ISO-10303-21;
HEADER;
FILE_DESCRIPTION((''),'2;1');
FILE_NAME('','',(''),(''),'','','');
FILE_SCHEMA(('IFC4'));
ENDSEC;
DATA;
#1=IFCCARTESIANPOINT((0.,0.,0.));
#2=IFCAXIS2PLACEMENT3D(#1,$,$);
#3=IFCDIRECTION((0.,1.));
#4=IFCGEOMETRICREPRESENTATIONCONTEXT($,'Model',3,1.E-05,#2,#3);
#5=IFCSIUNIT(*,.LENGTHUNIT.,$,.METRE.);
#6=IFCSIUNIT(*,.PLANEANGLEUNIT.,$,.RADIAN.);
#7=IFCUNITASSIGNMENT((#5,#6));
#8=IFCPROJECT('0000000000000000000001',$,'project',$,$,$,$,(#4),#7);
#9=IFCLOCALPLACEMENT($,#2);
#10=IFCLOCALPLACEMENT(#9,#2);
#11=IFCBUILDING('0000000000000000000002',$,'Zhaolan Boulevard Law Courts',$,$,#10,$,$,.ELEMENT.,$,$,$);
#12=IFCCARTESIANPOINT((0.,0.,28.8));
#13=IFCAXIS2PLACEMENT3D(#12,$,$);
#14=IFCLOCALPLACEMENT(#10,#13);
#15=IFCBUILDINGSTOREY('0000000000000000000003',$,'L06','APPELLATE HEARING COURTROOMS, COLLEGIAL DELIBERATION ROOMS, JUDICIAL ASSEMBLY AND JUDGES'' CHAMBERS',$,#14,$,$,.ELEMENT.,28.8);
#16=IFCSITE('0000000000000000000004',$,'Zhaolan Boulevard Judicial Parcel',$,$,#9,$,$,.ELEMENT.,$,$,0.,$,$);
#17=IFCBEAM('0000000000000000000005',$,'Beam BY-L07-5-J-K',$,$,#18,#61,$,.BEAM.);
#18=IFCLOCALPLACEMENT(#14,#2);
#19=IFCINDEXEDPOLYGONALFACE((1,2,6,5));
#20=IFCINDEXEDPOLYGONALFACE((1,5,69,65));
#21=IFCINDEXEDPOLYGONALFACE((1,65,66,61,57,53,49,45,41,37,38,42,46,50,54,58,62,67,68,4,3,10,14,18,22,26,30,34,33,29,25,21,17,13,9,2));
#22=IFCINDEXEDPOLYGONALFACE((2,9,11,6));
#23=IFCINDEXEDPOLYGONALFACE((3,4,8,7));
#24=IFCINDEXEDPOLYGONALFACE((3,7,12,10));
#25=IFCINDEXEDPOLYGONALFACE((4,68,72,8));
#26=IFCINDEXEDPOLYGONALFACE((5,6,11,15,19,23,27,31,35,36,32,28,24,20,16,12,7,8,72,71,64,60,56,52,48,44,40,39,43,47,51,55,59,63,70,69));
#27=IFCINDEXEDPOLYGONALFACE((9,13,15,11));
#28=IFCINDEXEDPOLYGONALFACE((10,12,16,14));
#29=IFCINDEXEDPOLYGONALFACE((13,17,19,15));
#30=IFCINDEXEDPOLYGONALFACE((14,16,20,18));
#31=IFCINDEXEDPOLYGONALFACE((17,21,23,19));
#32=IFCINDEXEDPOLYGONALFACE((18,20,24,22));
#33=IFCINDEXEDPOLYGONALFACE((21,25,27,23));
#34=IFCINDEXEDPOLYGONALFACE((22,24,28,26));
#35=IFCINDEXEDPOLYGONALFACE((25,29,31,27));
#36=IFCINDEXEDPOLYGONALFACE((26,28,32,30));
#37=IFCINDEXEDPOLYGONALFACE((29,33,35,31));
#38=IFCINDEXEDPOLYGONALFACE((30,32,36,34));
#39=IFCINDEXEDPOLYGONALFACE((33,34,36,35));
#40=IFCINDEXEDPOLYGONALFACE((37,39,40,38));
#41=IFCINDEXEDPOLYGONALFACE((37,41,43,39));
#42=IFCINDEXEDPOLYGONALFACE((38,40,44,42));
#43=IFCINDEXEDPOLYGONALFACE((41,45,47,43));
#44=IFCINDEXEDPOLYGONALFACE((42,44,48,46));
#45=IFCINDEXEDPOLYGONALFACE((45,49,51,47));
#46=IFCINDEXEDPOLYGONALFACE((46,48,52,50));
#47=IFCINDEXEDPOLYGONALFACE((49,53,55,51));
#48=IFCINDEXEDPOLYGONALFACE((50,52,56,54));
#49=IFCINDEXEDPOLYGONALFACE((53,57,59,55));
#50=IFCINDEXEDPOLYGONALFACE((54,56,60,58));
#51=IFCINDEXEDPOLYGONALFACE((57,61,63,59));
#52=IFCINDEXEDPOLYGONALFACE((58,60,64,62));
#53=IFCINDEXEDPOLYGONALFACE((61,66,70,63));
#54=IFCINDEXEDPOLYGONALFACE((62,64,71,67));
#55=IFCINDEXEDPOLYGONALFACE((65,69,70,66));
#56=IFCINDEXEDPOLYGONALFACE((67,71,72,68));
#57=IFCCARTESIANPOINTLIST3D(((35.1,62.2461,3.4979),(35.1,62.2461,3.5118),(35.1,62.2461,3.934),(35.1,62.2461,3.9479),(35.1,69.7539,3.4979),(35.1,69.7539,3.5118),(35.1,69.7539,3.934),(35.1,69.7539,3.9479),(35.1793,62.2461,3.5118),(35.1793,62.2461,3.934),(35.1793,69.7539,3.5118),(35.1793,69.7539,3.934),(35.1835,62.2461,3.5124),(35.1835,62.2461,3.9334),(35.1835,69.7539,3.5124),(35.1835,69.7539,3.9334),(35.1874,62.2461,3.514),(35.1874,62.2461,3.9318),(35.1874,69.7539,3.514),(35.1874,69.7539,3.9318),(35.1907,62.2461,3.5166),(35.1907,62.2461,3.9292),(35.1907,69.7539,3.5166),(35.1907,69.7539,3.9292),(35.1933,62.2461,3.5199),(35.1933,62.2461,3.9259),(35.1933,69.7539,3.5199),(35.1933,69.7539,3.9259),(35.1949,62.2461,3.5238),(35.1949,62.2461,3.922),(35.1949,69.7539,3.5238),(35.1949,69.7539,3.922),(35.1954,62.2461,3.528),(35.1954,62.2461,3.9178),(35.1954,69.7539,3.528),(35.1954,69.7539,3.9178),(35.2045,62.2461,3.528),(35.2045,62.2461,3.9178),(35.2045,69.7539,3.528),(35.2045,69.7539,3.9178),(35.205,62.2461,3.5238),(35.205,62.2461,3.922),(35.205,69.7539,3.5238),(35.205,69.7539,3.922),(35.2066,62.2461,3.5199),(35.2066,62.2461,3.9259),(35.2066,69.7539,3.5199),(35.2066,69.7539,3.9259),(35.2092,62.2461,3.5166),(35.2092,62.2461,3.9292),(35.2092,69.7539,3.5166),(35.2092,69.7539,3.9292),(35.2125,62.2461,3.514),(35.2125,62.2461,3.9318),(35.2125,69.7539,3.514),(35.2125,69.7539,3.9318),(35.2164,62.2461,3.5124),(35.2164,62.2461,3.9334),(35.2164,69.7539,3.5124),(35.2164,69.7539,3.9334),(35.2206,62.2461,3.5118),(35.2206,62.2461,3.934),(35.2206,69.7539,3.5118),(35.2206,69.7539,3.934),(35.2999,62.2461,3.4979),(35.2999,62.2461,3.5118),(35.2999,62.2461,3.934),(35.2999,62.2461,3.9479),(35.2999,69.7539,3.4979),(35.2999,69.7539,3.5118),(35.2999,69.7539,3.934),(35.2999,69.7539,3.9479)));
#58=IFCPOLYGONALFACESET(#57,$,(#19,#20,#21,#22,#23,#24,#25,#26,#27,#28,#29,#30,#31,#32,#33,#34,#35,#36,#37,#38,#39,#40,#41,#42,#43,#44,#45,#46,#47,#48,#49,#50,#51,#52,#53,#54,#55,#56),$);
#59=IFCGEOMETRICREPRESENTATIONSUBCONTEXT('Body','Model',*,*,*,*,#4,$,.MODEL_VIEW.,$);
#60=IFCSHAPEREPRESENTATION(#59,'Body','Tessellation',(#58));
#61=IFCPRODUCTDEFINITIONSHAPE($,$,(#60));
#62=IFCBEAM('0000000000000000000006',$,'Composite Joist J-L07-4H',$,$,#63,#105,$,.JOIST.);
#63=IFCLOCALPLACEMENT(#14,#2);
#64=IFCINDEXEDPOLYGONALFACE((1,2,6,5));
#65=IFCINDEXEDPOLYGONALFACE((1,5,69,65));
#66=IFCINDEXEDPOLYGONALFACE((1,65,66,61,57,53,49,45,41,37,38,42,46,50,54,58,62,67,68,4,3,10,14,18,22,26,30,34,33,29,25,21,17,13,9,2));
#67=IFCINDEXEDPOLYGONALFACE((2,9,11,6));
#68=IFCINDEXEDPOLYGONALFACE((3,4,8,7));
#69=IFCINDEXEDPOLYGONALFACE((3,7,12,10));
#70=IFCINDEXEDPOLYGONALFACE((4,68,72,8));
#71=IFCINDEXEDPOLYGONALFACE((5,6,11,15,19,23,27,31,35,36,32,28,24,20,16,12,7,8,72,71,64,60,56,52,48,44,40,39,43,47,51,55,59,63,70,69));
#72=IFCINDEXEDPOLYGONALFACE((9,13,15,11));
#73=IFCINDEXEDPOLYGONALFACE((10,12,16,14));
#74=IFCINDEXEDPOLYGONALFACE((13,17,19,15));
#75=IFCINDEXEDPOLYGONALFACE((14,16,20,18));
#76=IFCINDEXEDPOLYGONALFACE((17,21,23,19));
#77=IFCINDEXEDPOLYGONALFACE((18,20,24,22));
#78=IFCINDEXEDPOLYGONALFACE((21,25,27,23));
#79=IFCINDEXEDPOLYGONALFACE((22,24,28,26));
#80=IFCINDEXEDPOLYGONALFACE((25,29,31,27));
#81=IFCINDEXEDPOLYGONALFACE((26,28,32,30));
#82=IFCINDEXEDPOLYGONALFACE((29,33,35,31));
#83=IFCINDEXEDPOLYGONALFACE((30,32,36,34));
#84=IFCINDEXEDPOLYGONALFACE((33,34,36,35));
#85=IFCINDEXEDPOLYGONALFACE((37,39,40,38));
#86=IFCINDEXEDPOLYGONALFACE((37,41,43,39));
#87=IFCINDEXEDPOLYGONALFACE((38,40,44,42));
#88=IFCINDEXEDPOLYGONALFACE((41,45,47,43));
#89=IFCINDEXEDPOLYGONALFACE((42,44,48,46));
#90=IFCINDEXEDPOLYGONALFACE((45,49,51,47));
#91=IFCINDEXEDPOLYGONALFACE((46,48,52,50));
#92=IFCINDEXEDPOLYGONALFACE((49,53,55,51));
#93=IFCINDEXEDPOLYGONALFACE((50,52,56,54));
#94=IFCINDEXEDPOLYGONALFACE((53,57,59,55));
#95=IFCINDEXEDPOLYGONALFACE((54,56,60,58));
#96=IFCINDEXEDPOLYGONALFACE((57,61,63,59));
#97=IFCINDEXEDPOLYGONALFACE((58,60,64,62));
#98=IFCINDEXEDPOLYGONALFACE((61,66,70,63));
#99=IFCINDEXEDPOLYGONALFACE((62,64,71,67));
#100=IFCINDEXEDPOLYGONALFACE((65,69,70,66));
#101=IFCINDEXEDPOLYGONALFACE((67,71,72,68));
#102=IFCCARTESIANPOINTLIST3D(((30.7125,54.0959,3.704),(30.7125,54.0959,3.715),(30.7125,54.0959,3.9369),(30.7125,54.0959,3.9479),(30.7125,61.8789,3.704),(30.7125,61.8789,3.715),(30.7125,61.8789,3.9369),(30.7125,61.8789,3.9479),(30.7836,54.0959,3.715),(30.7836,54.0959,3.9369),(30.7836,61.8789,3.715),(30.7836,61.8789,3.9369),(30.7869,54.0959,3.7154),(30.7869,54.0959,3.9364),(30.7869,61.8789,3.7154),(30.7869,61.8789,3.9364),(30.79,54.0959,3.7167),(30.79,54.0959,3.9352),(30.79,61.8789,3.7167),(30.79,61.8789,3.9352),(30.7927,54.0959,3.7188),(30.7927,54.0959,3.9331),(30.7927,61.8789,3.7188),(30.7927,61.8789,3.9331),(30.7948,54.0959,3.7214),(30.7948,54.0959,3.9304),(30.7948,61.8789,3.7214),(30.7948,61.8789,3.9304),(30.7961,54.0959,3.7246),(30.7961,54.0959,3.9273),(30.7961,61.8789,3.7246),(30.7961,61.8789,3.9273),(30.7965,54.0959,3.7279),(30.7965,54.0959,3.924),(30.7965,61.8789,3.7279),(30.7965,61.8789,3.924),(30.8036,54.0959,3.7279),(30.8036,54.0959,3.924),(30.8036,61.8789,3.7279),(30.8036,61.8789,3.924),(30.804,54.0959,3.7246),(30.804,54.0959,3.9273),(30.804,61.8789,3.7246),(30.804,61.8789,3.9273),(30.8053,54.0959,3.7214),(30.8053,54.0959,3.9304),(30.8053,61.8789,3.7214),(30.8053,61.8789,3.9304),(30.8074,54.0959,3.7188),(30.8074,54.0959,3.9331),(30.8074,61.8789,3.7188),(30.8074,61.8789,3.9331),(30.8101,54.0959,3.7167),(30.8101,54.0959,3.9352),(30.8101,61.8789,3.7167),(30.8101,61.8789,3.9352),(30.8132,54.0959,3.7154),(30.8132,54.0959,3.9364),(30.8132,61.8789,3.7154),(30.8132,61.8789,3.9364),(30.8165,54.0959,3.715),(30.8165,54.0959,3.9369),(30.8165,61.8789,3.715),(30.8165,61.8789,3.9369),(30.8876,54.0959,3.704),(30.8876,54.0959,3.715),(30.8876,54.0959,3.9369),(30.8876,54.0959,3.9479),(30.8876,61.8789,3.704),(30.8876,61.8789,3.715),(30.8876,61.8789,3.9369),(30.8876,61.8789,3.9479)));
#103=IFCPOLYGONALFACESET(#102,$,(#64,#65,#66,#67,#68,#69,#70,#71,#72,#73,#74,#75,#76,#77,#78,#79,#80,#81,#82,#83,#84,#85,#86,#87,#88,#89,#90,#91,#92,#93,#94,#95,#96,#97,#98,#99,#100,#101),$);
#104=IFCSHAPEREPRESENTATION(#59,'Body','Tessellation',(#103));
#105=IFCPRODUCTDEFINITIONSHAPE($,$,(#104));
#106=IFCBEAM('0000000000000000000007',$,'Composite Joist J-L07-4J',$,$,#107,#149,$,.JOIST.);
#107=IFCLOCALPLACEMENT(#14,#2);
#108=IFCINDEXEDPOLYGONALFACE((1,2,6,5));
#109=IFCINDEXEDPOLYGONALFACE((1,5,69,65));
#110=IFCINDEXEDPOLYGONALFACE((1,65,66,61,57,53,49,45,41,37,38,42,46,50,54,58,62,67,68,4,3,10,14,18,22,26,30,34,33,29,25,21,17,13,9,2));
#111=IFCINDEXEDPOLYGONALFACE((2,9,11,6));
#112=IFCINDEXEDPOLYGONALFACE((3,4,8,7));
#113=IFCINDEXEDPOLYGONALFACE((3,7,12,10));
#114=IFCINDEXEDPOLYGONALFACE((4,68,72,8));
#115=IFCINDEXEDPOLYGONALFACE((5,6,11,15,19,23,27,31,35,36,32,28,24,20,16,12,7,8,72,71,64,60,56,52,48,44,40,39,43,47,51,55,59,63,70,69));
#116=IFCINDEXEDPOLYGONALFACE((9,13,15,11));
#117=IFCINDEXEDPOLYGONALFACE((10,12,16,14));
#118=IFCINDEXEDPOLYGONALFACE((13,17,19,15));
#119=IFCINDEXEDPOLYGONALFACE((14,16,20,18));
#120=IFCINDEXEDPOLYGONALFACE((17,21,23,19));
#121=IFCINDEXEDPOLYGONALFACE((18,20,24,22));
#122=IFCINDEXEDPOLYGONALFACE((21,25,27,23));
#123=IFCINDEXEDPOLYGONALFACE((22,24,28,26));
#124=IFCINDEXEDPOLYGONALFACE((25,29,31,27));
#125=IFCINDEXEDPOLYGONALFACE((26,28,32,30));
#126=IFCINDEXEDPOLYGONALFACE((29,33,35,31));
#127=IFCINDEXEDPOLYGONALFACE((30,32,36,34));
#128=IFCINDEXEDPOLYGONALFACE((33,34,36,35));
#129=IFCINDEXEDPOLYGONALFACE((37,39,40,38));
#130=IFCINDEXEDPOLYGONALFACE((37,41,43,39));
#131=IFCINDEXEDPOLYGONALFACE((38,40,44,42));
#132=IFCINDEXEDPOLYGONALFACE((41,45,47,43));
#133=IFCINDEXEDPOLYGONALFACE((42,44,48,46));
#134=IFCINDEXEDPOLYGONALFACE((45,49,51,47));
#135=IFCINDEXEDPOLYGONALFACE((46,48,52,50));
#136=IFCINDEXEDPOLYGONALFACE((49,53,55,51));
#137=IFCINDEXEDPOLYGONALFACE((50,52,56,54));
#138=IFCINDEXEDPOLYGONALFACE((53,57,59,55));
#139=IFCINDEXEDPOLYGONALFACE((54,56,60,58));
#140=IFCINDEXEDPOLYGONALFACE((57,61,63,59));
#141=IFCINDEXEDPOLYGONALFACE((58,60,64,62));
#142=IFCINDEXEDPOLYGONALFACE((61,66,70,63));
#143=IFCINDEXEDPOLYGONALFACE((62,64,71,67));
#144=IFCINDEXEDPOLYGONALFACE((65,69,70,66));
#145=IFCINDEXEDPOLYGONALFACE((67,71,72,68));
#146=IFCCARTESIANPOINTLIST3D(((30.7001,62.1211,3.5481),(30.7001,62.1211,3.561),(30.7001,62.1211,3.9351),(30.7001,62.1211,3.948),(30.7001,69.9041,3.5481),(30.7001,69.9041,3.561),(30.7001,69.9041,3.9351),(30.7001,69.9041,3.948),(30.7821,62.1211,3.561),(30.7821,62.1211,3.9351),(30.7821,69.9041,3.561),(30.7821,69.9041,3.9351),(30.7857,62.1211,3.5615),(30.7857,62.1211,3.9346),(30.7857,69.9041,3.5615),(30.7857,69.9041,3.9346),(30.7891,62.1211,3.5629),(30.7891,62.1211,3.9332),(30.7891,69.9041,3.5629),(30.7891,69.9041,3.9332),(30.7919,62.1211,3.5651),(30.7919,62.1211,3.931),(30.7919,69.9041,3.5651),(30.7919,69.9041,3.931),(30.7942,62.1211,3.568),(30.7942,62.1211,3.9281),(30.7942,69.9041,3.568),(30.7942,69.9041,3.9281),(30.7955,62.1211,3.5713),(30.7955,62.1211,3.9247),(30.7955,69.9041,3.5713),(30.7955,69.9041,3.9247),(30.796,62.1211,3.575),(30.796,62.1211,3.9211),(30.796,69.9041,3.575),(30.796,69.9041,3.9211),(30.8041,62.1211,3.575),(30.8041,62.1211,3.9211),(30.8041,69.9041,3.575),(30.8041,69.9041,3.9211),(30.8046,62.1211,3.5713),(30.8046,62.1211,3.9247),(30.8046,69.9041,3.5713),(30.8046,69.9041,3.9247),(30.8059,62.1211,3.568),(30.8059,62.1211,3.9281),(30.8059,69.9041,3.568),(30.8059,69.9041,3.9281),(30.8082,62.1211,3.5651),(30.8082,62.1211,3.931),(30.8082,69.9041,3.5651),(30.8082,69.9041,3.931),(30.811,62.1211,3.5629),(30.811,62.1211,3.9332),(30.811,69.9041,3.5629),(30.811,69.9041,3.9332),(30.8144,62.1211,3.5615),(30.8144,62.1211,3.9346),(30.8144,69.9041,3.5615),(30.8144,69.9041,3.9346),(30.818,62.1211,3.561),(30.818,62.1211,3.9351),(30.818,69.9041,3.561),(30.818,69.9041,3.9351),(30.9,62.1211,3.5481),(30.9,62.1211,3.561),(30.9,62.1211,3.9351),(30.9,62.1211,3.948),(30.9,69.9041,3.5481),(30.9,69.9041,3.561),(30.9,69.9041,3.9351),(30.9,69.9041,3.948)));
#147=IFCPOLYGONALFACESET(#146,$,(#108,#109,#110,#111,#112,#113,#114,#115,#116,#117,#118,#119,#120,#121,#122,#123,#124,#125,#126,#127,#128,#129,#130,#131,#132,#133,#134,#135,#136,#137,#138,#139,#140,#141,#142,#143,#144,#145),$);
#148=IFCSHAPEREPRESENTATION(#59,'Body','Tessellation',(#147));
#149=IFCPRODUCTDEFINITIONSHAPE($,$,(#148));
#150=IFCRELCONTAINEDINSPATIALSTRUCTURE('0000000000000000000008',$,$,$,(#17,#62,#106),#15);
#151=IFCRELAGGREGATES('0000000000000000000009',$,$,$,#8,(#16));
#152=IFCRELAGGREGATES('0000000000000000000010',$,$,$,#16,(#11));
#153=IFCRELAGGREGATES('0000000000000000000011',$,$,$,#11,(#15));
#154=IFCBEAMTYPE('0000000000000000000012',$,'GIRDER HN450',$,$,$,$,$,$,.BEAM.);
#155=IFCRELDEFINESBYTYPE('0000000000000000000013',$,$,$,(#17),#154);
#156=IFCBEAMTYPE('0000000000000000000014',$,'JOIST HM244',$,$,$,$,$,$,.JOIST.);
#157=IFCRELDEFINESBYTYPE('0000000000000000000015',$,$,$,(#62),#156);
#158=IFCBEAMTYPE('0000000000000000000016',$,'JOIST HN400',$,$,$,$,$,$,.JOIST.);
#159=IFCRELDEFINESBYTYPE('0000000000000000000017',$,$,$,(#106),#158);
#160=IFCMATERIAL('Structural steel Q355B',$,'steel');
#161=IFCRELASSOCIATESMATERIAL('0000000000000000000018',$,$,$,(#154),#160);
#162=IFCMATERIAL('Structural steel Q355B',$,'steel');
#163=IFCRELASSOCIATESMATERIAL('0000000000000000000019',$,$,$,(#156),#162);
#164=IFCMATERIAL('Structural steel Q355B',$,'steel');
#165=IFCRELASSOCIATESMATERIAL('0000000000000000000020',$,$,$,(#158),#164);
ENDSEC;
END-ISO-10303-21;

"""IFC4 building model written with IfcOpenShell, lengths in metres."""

from ifc_helpers import new_model, si_unit, direction, frame, origin, origin_2d, place, context, subcontext, project, spatial, i_section, extrude, material, material_profile, profile_set, type_object, element, save


model = new_model("IFC4")

# Units and contexts
model_context = context("Model", 3, precision=1e-05, world=origin(), true_north=direction((0.0, 1.0)))
body_context = subcontext(model_context, "Body", "Model", "MODEL_VIEW")
ifc_project = project(units=[si_unit("LENGTHUNIT", "METRE"), si_unit("PLANEANGLEUNIT", "RADIAN")], contexts=[model_context])

# Site, building, storey
site_placement = place(None, origin())
site = spatial("IfcSite", under=ifc_project, at=site_placement, Name="Zhaolan Boulevard Judicial Parcel", CompositionType="ELEMENT", RefElevation=0.0)
building_placement = place(site_placement, origin())
building = spatial("IfcBuilding", under=site, at=building_placement, Name="Zhaolan Boulevard Law Courts", CompositionType="ELEMENT")
storey_placement = place(building_placement, frame((0.0, 0.0, 28.8)))
storey = spatial("IfcBuildingStorey", under=building, at=storey_placement, Name="L06", Description="APPELLATE HEARING COURTROOMS, COLLEGIAL DELIBERATION ROOMS, JUDICIAL ASSEMBLY AND JUDGES' CHAMBERS", CompositionType="ELEMENT", Elevation=28.8)

# Beams
ifc_material_1 = material(Name="Structural steel Q355B", Category="steel")
ifc_material_profile_1 = material_profile(ifc_material_1, i_section(OverallWidth=0.2, OverallDepth=0.45, WebThickness=0.009, FlangeThickness=0.0139, FilletRadius=0.0161, at=origin_2d()), Name="HN450x200")
ifc_profile_set_1 = profile_set([ifc_material_profile_1], Name="Structural steel Q355B")
beam_type_1 = type_object("IfcBeamType", Name="GIRDER HN450", PredefinedType="BEAM", material=ifc_profile_set_1)
for number, where, z_axis, x_axis, name in (
    (1, (35.2, 62.2461, 3.7229), (0.0, 1.0, 0.0), (-1.0, 0.0, 0.0), "Beam BY-L07-5-J-K"),
):
    element("IfcBeam", number, at=place(storey_placement, frame(where, z_axis=z_axis, x_axis=x_axis)), inside=storey, type_object=beam_type_1, Name=name, PredefinedType="BEAM", context=body_context, shape_type="SweptSolid", body=[
        extrude(i_section(OverallWidth=0.2, OverallDepth=0.45, WebThickness=0.009, FlangeThickness=0.0139, FilletRadius=0.0161, at=origin_2d()), origin(), (0.0, 0.0, 1.0), 7.5078),
    ])
ifc_material_2 = material(Name="Structural steel Q355B", Category="steel")
ifc_material_profile_2 = material_profile(ifc_material_2, i_section(OverallWidth=0.175, OverallDepth=0.2439, WebThickness=0.0071, FlangeThickness=0.011, FilletRadius=0.0129, at=origin_2d()), Name="HM244x175")
ifc_profile_set_2 = profile_set([ifc_material_profile_2], Name="Structural steel Q355B")
beam_type_2 = type_object("IfcBeamType", Name="JOIST HM244", PredefinedType="JOIST", material=ifc_profile_set_2)
beam_1_placement = place(storey_placement, frame((30.8, 54.0959, 3.8259), z_axis=(0.0, 1.0, 0.0), x_axis=(-1.0, 0.0, 0.0)))
element("IfcBeam", 2, at=beam_1_placement, inside=storey, type_object=beam_type_2, Name="Composite Joist J-L07-4H", PredefinedType="JOIST", context=body_context, shape_type="SweptSolid", body=[
    extrude(i_section(OverallWidth=0.175, OverallDepth=0.2439, WebThickness=0.0071, FlangeThickness=0.011, FilletRadius=0.0129, at=origin_2d()), origin(), (0.0, 0.0, 1.0), 7.783),
])
ifc_material_3 = material(Name="Structural steel Q355B", Category="steel")
ifc_material_profile_3 = material_profile(ifc_material_3, i_section(OverallWidth=0.2, OverallDepth=0.3999, WebThickness=0.0081, FlangeThickness=0.0129, FilletRadius=0.0139, at=origin_2d()), Name="HN400x200")
ifc_profile_set_3 = profile_set([ifc_material_profile_3], Name="Structural steel Q355B")
beam_type_3 = type_object("IfcBeamType", Name="JOIST HN400", PredefinedType="JOIST", material=ifc_profile_set_3)
beam_2_placement = place(storey_placement, frame((30.8, 62.1211, 3.748), z_axis=(0.0, 1.0, 0.0), x_axis=(-1.0, 0.0, 0.0)))
element("IfcBeam", 3, at=beam_2_placement, inside=storey, type_object=beam_type_3, Name="Composite Joist J-L07-4J", PredefinedType="JOIST", context=body_context, shape_type="SweptSolid", body=[
    extrude(i_section(OverallWidth=0.2, OverallDepth=0.3999, WebThickness=0.0081, FlangeThickness=0.0129, FilletRadius=0.0139, at=origin_2d()), origin(), (0.0, 0.0, 1.0), 7.783),
])

save(model, "model.ifc")
